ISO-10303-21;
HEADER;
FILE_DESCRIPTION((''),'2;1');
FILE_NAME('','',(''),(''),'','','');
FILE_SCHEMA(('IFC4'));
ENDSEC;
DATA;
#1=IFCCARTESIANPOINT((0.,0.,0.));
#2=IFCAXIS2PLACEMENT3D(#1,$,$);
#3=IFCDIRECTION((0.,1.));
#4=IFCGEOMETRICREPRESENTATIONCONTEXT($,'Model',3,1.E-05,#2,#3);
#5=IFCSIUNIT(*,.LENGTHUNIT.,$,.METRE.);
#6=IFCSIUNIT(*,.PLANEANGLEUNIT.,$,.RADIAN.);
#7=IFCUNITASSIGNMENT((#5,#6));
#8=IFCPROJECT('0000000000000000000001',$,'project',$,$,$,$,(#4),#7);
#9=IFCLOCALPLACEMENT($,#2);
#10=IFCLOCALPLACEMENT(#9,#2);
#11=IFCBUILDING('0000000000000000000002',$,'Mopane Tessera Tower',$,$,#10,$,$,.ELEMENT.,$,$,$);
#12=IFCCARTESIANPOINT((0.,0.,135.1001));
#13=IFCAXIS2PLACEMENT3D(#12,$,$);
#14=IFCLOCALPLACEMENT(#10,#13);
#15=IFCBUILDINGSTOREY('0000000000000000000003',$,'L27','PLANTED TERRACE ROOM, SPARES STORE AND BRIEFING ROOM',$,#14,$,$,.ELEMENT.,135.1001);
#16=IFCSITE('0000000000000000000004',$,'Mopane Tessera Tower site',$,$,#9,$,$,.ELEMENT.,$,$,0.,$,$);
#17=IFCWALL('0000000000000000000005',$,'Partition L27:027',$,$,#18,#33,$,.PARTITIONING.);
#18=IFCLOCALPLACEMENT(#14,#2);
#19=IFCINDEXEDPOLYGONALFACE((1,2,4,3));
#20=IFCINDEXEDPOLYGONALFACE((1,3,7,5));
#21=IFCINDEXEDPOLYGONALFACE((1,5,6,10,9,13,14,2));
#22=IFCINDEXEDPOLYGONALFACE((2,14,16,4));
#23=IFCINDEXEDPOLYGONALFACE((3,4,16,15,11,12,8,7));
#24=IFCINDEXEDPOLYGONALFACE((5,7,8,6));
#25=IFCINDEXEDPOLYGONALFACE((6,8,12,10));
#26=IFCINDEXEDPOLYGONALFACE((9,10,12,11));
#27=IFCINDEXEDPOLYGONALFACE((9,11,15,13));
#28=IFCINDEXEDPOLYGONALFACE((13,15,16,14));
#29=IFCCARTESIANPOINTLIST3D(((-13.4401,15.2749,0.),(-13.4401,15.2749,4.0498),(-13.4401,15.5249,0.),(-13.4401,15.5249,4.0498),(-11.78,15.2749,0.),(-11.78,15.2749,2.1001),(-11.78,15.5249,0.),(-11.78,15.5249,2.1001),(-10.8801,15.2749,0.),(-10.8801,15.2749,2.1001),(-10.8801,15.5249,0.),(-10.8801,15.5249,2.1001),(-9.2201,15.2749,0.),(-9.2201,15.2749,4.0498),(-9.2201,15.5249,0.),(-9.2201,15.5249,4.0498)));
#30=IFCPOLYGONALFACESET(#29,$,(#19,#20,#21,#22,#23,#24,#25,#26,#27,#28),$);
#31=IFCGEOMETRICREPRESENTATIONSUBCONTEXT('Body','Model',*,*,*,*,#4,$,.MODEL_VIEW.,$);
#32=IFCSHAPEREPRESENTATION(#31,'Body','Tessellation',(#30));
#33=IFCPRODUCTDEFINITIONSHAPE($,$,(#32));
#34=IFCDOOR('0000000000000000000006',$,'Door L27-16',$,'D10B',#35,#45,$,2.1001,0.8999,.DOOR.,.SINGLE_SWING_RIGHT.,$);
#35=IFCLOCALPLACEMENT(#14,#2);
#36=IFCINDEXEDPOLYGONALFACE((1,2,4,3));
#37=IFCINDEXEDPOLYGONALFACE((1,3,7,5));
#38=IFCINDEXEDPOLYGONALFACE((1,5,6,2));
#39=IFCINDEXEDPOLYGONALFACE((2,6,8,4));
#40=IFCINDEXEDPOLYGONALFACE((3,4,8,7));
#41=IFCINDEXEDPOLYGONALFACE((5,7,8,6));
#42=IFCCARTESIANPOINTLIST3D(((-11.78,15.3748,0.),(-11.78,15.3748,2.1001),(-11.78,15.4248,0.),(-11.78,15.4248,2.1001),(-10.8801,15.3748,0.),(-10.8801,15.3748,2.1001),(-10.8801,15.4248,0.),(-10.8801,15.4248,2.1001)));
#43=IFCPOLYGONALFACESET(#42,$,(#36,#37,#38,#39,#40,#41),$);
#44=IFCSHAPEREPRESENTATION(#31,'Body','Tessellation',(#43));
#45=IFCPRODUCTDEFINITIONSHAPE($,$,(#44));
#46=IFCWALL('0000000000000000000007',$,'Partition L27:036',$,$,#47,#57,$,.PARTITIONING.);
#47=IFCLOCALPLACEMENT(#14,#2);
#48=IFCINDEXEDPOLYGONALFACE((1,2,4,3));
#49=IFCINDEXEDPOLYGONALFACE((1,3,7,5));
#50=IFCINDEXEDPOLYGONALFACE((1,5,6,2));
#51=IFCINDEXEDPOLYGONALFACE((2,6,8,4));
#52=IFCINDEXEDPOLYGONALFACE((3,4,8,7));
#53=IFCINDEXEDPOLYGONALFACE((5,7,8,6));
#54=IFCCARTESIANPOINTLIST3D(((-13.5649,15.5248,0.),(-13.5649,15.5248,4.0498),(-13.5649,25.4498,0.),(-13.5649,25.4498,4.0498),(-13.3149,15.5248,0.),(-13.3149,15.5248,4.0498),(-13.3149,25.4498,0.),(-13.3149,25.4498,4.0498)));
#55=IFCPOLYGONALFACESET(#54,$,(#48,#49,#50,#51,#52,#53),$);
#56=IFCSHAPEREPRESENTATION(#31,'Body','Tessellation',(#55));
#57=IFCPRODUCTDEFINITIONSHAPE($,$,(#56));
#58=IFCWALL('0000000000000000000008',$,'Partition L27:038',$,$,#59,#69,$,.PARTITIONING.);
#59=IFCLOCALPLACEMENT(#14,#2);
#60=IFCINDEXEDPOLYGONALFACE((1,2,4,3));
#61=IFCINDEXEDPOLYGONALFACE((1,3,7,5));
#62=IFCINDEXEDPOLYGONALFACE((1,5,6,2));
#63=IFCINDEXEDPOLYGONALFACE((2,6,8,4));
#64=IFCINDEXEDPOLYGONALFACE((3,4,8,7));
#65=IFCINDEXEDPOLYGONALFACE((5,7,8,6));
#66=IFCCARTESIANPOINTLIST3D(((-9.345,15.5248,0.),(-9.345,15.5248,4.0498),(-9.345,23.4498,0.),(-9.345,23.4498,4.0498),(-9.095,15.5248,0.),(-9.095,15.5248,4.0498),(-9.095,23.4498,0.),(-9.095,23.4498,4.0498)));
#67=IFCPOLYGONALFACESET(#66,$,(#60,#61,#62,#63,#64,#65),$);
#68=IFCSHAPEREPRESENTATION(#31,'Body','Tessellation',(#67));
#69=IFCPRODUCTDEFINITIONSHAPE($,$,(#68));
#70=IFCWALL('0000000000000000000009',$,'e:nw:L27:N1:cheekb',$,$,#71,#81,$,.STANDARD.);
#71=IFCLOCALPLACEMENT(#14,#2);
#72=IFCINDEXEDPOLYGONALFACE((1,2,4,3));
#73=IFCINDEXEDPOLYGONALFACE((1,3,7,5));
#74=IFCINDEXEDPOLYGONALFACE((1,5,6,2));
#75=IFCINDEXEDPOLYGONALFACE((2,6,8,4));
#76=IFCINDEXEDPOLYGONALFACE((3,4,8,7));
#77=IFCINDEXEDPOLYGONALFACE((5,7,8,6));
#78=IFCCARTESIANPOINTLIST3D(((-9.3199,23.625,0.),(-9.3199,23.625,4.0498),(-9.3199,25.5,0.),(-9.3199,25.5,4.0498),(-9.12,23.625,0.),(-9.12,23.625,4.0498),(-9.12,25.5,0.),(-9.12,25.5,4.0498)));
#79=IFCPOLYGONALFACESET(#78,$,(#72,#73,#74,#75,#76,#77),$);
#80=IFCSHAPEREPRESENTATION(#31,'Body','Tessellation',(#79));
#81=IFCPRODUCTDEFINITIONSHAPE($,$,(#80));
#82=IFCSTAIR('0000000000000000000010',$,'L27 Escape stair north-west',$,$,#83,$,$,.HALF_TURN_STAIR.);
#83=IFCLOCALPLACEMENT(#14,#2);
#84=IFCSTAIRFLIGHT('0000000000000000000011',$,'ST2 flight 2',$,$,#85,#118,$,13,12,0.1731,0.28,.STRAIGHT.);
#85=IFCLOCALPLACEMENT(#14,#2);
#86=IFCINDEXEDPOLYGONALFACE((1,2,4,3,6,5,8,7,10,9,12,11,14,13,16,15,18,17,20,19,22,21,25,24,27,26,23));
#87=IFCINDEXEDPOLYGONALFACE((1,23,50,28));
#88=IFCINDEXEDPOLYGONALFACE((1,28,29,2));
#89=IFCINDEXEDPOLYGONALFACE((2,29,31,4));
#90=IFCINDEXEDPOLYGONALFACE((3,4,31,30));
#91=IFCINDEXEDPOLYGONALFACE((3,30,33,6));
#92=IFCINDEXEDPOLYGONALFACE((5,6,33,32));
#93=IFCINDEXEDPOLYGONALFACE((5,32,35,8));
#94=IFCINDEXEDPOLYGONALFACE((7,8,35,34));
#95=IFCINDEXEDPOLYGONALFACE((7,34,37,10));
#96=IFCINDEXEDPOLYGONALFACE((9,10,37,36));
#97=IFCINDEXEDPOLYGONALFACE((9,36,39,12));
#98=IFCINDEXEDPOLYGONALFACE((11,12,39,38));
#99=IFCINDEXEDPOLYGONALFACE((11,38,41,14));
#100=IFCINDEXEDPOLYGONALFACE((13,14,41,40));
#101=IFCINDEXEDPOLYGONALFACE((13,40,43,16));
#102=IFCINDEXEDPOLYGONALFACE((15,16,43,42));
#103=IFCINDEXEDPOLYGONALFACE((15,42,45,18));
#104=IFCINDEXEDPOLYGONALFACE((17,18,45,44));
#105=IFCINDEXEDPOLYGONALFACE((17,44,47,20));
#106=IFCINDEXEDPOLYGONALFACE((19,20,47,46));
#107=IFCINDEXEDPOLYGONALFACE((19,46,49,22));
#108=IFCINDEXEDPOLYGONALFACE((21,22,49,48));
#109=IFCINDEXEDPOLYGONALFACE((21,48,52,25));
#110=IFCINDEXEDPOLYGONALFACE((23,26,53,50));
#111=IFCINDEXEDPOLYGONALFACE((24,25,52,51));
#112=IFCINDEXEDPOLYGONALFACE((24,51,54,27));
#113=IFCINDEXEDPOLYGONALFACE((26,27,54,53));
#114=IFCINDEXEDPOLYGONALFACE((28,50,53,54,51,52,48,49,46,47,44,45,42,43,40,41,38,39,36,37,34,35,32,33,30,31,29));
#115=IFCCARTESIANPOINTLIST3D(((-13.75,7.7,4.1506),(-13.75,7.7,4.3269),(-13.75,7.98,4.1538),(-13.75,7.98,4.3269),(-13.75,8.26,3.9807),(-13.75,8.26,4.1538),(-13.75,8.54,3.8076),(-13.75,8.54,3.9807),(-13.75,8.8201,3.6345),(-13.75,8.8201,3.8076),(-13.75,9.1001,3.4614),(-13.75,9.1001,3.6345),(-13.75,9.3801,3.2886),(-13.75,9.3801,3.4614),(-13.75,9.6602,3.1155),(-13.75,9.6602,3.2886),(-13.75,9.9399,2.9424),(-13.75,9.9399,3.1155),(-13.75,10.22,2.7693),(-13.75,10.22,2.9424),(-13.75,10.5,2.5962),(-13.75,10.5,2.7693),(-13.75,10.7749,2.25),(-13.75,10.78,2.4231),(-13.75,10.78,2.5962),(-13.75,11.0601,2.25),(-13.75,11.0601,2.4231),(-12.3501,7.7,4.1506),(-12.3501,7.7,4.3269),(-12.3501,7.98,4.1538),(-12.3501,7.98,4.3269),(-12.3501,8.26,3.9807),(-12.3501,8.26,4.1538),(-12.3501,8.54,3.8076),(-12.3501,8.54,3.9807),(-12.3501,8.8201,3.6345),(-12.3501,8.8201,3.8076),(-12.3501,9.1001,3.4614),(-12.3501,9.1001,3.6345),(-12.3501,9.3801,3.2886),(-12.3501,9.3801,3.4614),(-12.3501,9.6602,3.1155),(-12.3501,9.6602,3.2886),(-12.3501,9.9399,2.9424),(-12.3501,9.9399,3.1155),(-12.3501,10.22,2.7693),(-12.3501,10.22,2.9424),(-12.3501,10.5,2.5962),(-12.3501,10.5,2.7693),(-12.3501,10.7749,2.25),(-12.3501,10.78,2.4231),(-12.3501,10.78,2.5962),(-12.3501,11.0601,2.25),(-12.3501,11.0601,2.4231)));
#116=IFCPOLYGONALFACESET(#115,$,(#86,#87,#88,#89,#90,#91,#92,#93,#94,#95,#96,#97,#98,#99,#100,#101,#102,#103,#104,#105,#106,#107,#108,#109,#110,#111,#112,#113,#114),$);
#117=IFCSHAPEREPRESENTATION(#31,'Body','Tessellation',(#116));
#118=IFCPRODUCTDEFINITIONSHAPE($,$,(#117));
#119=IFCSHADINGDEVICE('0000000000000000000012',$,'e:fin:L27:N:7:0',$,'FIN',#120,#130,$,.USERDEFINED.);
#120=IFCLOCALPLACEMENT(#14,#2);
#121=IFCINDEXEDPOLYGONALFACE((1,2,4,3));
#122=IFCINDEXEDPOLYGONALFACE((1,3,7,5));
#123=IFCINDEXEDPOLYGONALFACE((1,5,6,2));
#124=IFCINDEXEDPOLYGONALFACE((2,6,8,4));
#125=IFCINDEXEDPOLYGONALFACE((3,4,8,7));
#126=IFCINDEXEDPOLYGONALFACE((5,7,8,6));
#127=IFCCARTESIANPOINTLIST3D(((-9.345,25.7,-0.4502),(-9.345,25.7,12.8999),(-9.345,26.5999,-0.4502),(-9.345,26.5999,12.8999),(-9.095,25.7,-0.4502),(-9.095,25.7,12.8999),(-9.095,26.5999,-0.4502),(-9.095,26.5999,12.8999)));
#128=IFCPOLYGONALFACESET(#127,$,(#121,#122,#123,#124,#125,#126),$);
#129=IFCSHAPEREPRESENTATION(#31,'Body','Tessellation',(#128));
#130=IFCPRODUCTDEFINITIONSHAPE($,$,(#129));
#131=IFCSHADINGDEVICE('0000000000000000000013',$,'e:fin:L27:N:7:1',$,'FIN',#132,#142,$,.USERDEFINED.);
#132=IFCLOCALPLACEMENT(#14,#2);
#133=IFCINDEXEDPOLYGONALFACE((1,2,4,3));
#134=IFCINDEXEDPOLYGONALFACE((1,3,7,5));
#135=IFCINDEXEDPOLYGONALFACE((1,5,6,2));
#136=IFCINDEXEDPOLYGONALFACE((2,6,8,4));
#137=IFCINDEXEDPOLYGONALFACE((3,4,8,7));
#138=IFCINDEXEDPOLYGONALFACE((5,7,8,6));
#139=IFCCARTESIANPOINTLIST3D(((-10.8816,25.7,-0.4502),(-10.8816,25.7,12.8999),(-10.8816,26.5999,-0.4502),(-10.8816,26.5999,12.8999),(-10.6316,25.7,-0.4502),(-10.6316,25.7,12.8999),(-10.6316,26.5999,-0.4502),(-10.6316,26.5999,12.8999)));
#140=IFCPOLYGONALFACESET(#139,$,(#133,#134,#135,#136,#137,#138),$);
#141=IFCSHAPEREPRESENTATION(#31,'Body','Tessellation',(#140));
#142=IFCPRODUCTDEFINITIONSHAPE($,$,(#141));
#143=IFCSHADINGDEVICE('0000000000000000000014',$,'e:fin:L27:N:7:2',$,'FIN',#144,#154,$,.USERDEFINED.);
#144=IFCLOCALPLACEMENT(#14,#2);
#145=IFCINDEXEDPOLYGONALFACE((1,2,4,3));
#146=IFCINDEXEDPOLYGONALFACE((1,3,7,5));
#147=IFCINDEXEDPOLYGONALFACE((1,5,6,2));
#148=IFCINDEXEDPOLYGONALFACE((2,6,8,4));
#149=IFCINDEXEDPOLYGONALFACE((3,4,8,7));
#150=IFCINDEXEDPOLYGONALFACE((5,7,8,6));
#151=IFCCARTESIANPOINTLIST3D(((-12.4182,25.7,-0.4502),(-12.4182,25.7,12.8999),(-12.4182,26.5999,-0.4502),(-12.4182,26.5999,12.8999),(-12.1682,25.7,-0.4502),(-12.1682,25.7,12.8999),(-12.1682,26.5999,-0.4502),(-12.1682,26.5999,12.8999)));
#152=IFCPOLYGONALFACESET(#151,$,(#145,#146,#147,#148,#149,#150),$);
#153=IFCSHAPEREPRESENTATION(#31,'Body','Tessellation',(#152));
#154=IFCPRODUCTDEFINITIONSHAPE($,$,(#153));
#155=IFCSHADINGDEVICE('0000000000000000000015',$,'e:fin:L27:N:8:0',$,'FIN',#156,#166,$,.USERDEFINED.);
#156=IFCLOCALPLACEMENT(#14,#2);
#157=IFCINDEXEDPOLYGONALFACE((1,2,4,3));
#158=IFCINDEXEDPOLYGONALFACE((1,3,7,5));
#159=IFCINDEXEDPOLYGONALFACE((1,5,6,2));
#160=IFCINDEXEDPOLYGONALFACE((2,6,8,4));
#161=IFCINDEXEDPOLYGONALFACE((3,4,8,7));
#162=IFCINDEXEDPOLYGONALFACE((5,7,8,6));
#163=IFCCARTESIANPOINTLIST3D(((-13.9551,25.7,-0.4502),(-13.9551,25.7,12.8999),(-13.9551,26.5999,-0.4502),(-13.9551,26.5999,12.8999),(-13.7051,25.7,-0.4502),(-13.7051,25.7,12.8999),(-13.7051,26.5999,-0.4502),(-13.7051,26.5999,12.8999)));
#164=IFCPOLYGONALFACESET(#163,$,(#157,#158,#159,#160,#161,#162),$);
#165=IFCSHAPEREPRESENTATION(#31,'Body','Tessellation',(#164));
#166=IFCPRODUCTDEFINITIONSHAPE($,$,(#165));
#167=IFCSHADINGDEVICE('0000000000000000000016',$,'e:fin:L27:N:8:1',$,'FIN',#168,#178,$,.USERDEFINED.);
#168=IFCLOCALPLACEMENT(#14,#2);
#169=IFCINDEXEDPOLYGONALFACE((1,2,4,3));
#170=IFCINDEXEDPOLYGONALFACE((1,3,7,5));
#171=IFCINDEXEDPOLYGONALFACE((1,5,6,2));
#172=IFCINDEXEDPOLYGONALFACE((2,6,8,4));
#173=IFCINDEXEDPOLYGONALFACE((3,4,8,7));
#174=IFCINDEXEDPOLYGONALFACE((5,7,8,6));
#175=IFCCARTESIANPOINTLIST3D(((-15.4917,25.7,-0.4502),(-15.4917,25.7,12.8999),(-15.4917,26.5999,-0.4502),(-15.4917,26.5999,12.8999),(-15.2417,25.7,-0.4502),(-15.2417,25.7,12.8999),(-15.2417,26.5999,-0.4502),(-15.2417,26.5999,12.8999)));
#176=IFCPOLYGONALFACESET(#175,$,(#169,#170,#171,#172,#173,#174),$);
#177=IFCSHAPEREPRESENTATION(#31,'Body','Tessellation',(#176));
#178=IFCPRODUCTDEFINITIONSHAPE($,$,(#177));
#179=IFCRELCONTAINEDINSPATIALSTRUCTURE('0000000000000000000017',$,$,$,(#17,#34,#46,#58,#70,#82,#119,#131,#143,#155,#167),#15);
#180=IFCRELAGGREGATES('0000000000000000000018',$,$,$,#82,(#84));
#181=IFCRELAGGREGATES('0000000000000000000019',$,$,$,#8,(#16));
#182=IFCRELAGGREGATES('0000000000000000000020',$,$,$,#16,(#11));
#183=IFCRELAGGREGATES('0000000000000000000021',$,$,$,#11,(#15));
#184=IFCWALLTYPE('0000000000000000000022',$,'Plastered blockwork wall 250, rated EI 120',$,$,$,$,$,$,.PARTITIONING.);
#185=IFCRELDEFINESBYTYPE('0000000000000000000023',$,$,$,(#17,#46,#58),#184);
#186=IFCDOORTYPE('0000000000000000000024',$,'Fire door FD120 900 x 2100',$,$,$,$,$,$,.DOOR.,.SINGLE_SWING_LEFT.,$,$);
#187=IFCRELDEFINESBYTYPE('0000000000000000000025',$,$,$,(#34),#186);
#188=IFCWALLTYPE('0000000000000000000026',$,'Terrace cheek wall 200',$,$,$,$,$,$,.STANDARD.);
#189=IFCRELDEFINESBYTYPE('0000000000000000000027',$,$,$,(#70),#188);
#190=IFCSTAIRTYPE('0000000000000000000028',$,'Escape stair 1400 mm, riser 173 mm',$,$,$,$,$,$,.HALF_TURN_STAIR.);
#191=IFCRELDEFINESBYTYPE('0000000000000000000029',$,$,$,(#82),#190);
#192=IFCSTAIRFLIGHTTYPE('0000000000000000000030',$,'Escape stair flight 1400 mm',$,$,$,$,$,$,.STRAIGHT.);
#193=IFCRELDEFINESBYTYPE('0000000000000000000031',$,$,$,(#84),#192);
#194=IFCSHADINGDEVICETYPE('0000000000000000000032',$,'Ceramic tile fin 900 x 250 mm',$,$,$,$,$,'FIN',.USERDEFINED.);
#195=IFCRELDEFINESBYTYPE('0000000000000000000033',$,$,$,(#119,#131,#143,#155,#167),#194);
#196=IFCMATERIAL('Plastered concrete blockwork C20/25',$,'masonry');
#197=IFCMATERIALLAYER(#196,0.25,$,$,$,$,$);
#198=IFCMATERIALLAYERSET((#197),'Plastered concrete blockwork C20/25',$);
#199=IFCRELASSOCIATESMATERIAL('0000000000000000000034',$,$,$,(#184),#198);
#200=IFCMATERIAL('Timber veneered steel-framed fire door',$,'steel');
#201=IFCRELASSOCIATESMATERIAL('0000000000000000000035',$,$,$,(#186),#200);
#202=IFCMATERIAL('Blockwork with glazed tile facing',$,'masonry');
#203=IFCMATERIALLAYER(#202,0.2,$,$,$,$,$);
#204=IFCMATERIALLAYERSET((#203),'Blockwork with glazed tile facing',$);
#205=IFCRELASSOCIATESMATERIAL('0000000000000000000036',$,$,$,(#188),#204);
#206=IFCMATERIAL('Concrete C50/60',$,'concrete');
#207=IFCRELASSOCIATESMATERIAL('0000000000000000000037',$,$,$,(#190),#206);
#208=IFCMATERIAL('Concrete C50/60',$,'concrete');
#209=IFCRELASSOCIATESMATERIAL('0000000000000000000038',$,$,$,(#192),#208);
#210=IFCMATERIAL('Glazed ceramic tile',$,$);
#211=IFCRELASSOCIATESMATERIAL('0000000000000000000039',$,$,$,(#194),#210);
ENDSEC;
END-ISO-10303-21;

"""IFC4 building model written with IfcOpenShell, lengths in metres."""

from ifc_helpers import new_model, si_unit, direction, frame, frame_2d, origin, origin_2d, place, context, subcontext, project, spatial, polyline, rectangle, outline, extrude, material, layer, layer_set, type_object, element, fill, aggregate, save


model = new_model("IFC4")

# Units and contexts
model_context = context("Model", 3, precision=1e-05, world=origin(), true_north=direction((0.0, 1.0)))
body_context = subcontext(model_context, "Body", "Model", "MODEL_VIEW")
ifc_project = project(units=[si_unit("LENGTHUNIT", "METRE"), si_unit("PLANEANGLEUNIT", "RADIAN")], contexts=[model_context])

# Site, building, storey
site_placement = place(None, origin())
site = spatial("IfcSite", under=ifc_project, at=site_placement, Name="Mopane Tessera Tower site", CompositionType="ELEMENT", RefElevation=0.0)
building_placement = place(site_placement, origin())
building = spatial("IfcBuilding", under=site, at=building_placement, Name="Mopane Tessera Tower", CompositionType="ELEMENT")
storey_placement = place(building_placement, frame((0.0, 0.0, 135.1001)))
storey = spatial("IfcBuildingStorey", under=building, at=storey_placement, Name="L27", Description="PLANTED TERRACE ROOM, SPARES STORE AND BRIEFING ROOM", CompositionType="ELEMENT", Elevation=135.1001)

# Wall, opening, door
ifc_material_1 = material(Name="Plastered concrete blockwork C20/25", Category="masonry")
ifc_layer_1 = layer(ifc_material_1, 0.25)
ifc_layer_set_1 = layer_set([ifc_layer_1], Name="Plastered concrete blockwork C20/25")
wall_type_1 = type_object("IfcWallType", Name="Plastered blockwork wall 250, rated EI 120", PredefinedType="PARTITIONING", material=ifc_layer_set_1)
wall_1_placement = place(storey_placement, frame((-13.4399, 15.3999, 0.0), z_axis=(0.0, 0.0, 1.0), x_axis=(1.0, 0.0, 0.0)))
wall_1 = element("IfcWall", 1, at=wall_1_placement, inside=storey, type_object=wall_type_1, Name="Partition L27:027", PredefinedType="PARTITIONING", context=body_context, shape_type="SweptSolid", body=[
    extrude(rectangle(XDim=4.22, YDim=0.25, at=frame_2d((2.1099, 0.0))), origin(), (0.0, 0.0, 1.0), 4.0498),
])
opening_1_placement = place(wall_1_placement, frame((1.6599, 0.0, 0.0)))
opening_1 = element("IfcOpeningElement", 2, at=opening_1_placement, cuts=wall_1, PredefinedType="OPENING", context=body_context, shape_type="SweptSolid", body=[
    extrude(rectangle(XDim=0.8999, YDim=2.1001, at=frame_2d((0.45, 1.05))), frame((0.0, 0.137, 0.0), z_axis=(0.0, -1.0, 0.0), x_axis=(1.0, 0.0, 0.0)), (0.0, 0.0, 1.0), 0.2739),
])
ifc_material_2 = material(Name="Timber veneered steel-framed fire door", Category="steel")
door_type_1 = type_object("IfcDoorType", Name="Fire door FD120 900 x 2100", OperationType="SINGLE_SWING_LEFT", PredefinedType="DOOR", material=ifc_material_2)
door_1_placement = place(opening_1_placement, origin())
door_1 = element("IfcDoor", 3, at=door_1_placement, inside=storey, type_object=door_type_1, Name="Door L27-16", ObjectType="D10B", OperationType="SINGLE_SWING_RIGHT", OverallHeight=2.1001, OverallWidth=0.8999, PredefinedType="DOOR", context=body_context, shape_type="SweptSolid", body=[
    extrude(rectangle(XDim=0.8999, YDim=2.1001, at=frame_2d((0.45, 1.05))), frame((0.0, 0.0249, 0.0), z_axis=(0.0, -1.0, 0.0), x_axis=(1.0, 0.0, 0.0)), (0.0, 0.0, 1.0), 0.05),
])
fill(opening_1, door_1)

# Walls
wall_2_placement = place(storey_placement, frame((-13.4399, 15.5249, 0.0), z_axis=(0.0, 0.0, 1.0), x_axis=(0.0, 1.0, 0.0)))
element("IfcWall", 4, at=wall_2_placement, inside=storey, type_object=wall_type_1, Name="Partition L27:036", PredefinedType="PARTITIONING", context=body_context, shape_type="SweptSolid", body=[
    extrude(rectangle(XDim=9.925, YDim=0.25, at=frame_2d((4.9624, 0.0))), origin(), (0.0, 0.0, 1.0), 4.0498),
])
wall_3_placement = place(storey_placement, frame((-9.22, 15.5249, 0.0), z_axis=(0.0, 0.0, 1.0), x_axis=(0.0, 1.0, 0.0)))
element("IfcWall", 5, at=wall_3_placement, inside=storey, type_object=wall_type_1, Name="Partition L27:038", PredefinedType="PARTITIONING", context=body_context, shape_type="SweptSolid", body=[
    extrude(rectangle(XDim=7.925, YDim=0.25, at=frame_2d((3.9624, 0.0))), origin(), (0.0, 0.0, 1.0), 4.0498),
])
ifc_material_3 = material(Name="Blockwork with glazed tile facing", Category="masonry")
ifc_layer_2 = layer(ifc_material_3, 0.2)
ifc_layer_set_2 = layer_set([ifc_layer_2], Name="Blockwork with glazed tile facing")
wall_type_2 = type_object("IfcWallType", Name="Terrace cheek wall 200", PredefinedType="STANDARD", material=ifc_layer_set_2)
wall_4_placement = place(storey_placement, frame((-9.22, 25.5, 0.0), z_axis=(0.0, 0.0, 1.0), x_axis=(0.0, -1.0, 0.0)))
element("IfcWall", 6, at=wall_4_placement, inside=storey, type_object=wall_type_2, Name="e:nw:L27:N1:cheekb", PredefinedType="STANDARD", context=body_context, shape_type="SweptSolid", body=[
    extrude(rectangle(XDim=1.875, YDim=0.2, at=frame_2d((0.9375, 0.0))), origin(), (0.0, 0.0, 1.0), 4.0498),
])

# Stair, stair flight
ifc_material_4 = material(Name="Concrete C50/60", Category="concrete")
stair_type = type_object("IfcStairType", Name="Escape stair 1400 mm, riser 173 mm", PredefinedType="HALF_TURN_STAIR", material=ifc_material_4)
stair_placement = place(storey_placement, origin())
stair = element("IfcStair", 7, at=stair_placement, inside=storey, type_object=stair_type, Name="L27 Escape stair north-west", PredefinedType="HALF_TURN_STAIR")
ifc_material_5 = material(Name="Concrete C50/60", Category="concrete")
stair_flight_type = type_object("IfcStairFlightType", Name="Escape stair flight 1400 mm", PredefinedType="STRAIGHT", material=ifc_material_5)
stair_flight_placement = place(storey_placement, frame((-13.05, 11.0601, 2.25), z_axis=(0.0, 0.0, 1.0), x_axis=(0.0, -1.0, 0.0)))
stair_flight = element("IfcStairFlight", 8, at=stair_flight_placement, type_object=stair_flight_type, Name="ST2 flight 2", NumberOfRisers=13, NumberOfTreads=12, PredefinedType="STRAIGHT", RiserHeight=0.1731, TreadLength=0.28, context=body_context, shape_type="SweptSolid", body=[
    extrude(outline(polyline([(0.0, 0.0), (0.0, 0.1731), (0.28, 0.1731), (0.28, 0.3462), (0.5601, 0.3462), (0.5601, 0.5193), (0.8401, 0.5193), (0.8401, 0.6924), (1.1201, 0.6924), (1.1201, 0.8655), (1.3999, 0.8655), (1.3999, 1.0386), (1.6799, 1.0386), (1.6799, 1.2114), (1.96, 1.2114), (1.96, 1.3845), (2.24, 1.3845), (2.24, 1.5576), (2.52, 1.5576), (2.52, 1.7307), (2.8, 1.7307), (2.8, 1.9038), (3.0801, 1.9038), (3.0801, 2.0769), (3.3601, 2.0769), (3.3601, 2.25), (3.3601, 1.9006), (0.2852, 0.0), (0.0, 0.0)])), frame((0.0, 0.7, 0.0), z_axis=(0.0, -1.0, 0.0), x_axis=(1.0, 0.0, 0.0)), (0.0, 0.0, 1.0), 1.3999),
])
aggregate(stair, [stair_flight])

# Shading devices
ifc_material_6 = material(Name="Glazed ceramic tile")
shading_device_type = type_object("IfcShadingDeviceType", Name="Ceramic tile fin 900 x 250 mm", ElementType="FIN", PredefinedType="USERDEFINED", material=ifc_material_6)
for number, where, z_axis, x_axis, name in (
    (9, (-9.22, 26.1499, -0.4502), (0.0, 0.0, 1.0), (-1.0, 0.0, 0.0), "e:fin:L27:N:7:0"),
    (10, (-10.7566, 26.1499, -0.4502), (0.0, 0.0, 1.0), (-1.0, 0.0, 0.0), "e:fin:L27:N:7:1"),
    (11, (-12.2932, 26.1499, -0.4502), (0.0, 0.0, 1.0), (-1.0, 0.0, 0.0), "e:fin:L27:N:7:2"),
    (12, (-13.8301, 26.1499, -0.4502), (0.0, 0.0, 1.0), (-1.0, 0.0, 0.0), "e:fin:L27:N:8:0"),
    (13, (-15.3667, 26.1499, -0.4502), (0.0, 0.0, 1.0), (-1.0, 0.0, 0.0), "e:fin:L27:N:8:1"),
):
    element("IfcShadingDevice", number, at=place(storey_placement, frame(where, z_axis=z_axis, x_axis=x_axis)), inside=storey, type_object=shading_device_type, Name=name, ObjectType="FIN", PredefinedType="USERDEFINED", context=body_context, shape_type="SweptSolid", body=[
        extrude(rectangle(XDim=0.25, YDim=0.8999, at=origin_2d()), origin(), (0.0, 0.0, 1.0), 13.3501),
    ])

save(model, "model.ifc")
